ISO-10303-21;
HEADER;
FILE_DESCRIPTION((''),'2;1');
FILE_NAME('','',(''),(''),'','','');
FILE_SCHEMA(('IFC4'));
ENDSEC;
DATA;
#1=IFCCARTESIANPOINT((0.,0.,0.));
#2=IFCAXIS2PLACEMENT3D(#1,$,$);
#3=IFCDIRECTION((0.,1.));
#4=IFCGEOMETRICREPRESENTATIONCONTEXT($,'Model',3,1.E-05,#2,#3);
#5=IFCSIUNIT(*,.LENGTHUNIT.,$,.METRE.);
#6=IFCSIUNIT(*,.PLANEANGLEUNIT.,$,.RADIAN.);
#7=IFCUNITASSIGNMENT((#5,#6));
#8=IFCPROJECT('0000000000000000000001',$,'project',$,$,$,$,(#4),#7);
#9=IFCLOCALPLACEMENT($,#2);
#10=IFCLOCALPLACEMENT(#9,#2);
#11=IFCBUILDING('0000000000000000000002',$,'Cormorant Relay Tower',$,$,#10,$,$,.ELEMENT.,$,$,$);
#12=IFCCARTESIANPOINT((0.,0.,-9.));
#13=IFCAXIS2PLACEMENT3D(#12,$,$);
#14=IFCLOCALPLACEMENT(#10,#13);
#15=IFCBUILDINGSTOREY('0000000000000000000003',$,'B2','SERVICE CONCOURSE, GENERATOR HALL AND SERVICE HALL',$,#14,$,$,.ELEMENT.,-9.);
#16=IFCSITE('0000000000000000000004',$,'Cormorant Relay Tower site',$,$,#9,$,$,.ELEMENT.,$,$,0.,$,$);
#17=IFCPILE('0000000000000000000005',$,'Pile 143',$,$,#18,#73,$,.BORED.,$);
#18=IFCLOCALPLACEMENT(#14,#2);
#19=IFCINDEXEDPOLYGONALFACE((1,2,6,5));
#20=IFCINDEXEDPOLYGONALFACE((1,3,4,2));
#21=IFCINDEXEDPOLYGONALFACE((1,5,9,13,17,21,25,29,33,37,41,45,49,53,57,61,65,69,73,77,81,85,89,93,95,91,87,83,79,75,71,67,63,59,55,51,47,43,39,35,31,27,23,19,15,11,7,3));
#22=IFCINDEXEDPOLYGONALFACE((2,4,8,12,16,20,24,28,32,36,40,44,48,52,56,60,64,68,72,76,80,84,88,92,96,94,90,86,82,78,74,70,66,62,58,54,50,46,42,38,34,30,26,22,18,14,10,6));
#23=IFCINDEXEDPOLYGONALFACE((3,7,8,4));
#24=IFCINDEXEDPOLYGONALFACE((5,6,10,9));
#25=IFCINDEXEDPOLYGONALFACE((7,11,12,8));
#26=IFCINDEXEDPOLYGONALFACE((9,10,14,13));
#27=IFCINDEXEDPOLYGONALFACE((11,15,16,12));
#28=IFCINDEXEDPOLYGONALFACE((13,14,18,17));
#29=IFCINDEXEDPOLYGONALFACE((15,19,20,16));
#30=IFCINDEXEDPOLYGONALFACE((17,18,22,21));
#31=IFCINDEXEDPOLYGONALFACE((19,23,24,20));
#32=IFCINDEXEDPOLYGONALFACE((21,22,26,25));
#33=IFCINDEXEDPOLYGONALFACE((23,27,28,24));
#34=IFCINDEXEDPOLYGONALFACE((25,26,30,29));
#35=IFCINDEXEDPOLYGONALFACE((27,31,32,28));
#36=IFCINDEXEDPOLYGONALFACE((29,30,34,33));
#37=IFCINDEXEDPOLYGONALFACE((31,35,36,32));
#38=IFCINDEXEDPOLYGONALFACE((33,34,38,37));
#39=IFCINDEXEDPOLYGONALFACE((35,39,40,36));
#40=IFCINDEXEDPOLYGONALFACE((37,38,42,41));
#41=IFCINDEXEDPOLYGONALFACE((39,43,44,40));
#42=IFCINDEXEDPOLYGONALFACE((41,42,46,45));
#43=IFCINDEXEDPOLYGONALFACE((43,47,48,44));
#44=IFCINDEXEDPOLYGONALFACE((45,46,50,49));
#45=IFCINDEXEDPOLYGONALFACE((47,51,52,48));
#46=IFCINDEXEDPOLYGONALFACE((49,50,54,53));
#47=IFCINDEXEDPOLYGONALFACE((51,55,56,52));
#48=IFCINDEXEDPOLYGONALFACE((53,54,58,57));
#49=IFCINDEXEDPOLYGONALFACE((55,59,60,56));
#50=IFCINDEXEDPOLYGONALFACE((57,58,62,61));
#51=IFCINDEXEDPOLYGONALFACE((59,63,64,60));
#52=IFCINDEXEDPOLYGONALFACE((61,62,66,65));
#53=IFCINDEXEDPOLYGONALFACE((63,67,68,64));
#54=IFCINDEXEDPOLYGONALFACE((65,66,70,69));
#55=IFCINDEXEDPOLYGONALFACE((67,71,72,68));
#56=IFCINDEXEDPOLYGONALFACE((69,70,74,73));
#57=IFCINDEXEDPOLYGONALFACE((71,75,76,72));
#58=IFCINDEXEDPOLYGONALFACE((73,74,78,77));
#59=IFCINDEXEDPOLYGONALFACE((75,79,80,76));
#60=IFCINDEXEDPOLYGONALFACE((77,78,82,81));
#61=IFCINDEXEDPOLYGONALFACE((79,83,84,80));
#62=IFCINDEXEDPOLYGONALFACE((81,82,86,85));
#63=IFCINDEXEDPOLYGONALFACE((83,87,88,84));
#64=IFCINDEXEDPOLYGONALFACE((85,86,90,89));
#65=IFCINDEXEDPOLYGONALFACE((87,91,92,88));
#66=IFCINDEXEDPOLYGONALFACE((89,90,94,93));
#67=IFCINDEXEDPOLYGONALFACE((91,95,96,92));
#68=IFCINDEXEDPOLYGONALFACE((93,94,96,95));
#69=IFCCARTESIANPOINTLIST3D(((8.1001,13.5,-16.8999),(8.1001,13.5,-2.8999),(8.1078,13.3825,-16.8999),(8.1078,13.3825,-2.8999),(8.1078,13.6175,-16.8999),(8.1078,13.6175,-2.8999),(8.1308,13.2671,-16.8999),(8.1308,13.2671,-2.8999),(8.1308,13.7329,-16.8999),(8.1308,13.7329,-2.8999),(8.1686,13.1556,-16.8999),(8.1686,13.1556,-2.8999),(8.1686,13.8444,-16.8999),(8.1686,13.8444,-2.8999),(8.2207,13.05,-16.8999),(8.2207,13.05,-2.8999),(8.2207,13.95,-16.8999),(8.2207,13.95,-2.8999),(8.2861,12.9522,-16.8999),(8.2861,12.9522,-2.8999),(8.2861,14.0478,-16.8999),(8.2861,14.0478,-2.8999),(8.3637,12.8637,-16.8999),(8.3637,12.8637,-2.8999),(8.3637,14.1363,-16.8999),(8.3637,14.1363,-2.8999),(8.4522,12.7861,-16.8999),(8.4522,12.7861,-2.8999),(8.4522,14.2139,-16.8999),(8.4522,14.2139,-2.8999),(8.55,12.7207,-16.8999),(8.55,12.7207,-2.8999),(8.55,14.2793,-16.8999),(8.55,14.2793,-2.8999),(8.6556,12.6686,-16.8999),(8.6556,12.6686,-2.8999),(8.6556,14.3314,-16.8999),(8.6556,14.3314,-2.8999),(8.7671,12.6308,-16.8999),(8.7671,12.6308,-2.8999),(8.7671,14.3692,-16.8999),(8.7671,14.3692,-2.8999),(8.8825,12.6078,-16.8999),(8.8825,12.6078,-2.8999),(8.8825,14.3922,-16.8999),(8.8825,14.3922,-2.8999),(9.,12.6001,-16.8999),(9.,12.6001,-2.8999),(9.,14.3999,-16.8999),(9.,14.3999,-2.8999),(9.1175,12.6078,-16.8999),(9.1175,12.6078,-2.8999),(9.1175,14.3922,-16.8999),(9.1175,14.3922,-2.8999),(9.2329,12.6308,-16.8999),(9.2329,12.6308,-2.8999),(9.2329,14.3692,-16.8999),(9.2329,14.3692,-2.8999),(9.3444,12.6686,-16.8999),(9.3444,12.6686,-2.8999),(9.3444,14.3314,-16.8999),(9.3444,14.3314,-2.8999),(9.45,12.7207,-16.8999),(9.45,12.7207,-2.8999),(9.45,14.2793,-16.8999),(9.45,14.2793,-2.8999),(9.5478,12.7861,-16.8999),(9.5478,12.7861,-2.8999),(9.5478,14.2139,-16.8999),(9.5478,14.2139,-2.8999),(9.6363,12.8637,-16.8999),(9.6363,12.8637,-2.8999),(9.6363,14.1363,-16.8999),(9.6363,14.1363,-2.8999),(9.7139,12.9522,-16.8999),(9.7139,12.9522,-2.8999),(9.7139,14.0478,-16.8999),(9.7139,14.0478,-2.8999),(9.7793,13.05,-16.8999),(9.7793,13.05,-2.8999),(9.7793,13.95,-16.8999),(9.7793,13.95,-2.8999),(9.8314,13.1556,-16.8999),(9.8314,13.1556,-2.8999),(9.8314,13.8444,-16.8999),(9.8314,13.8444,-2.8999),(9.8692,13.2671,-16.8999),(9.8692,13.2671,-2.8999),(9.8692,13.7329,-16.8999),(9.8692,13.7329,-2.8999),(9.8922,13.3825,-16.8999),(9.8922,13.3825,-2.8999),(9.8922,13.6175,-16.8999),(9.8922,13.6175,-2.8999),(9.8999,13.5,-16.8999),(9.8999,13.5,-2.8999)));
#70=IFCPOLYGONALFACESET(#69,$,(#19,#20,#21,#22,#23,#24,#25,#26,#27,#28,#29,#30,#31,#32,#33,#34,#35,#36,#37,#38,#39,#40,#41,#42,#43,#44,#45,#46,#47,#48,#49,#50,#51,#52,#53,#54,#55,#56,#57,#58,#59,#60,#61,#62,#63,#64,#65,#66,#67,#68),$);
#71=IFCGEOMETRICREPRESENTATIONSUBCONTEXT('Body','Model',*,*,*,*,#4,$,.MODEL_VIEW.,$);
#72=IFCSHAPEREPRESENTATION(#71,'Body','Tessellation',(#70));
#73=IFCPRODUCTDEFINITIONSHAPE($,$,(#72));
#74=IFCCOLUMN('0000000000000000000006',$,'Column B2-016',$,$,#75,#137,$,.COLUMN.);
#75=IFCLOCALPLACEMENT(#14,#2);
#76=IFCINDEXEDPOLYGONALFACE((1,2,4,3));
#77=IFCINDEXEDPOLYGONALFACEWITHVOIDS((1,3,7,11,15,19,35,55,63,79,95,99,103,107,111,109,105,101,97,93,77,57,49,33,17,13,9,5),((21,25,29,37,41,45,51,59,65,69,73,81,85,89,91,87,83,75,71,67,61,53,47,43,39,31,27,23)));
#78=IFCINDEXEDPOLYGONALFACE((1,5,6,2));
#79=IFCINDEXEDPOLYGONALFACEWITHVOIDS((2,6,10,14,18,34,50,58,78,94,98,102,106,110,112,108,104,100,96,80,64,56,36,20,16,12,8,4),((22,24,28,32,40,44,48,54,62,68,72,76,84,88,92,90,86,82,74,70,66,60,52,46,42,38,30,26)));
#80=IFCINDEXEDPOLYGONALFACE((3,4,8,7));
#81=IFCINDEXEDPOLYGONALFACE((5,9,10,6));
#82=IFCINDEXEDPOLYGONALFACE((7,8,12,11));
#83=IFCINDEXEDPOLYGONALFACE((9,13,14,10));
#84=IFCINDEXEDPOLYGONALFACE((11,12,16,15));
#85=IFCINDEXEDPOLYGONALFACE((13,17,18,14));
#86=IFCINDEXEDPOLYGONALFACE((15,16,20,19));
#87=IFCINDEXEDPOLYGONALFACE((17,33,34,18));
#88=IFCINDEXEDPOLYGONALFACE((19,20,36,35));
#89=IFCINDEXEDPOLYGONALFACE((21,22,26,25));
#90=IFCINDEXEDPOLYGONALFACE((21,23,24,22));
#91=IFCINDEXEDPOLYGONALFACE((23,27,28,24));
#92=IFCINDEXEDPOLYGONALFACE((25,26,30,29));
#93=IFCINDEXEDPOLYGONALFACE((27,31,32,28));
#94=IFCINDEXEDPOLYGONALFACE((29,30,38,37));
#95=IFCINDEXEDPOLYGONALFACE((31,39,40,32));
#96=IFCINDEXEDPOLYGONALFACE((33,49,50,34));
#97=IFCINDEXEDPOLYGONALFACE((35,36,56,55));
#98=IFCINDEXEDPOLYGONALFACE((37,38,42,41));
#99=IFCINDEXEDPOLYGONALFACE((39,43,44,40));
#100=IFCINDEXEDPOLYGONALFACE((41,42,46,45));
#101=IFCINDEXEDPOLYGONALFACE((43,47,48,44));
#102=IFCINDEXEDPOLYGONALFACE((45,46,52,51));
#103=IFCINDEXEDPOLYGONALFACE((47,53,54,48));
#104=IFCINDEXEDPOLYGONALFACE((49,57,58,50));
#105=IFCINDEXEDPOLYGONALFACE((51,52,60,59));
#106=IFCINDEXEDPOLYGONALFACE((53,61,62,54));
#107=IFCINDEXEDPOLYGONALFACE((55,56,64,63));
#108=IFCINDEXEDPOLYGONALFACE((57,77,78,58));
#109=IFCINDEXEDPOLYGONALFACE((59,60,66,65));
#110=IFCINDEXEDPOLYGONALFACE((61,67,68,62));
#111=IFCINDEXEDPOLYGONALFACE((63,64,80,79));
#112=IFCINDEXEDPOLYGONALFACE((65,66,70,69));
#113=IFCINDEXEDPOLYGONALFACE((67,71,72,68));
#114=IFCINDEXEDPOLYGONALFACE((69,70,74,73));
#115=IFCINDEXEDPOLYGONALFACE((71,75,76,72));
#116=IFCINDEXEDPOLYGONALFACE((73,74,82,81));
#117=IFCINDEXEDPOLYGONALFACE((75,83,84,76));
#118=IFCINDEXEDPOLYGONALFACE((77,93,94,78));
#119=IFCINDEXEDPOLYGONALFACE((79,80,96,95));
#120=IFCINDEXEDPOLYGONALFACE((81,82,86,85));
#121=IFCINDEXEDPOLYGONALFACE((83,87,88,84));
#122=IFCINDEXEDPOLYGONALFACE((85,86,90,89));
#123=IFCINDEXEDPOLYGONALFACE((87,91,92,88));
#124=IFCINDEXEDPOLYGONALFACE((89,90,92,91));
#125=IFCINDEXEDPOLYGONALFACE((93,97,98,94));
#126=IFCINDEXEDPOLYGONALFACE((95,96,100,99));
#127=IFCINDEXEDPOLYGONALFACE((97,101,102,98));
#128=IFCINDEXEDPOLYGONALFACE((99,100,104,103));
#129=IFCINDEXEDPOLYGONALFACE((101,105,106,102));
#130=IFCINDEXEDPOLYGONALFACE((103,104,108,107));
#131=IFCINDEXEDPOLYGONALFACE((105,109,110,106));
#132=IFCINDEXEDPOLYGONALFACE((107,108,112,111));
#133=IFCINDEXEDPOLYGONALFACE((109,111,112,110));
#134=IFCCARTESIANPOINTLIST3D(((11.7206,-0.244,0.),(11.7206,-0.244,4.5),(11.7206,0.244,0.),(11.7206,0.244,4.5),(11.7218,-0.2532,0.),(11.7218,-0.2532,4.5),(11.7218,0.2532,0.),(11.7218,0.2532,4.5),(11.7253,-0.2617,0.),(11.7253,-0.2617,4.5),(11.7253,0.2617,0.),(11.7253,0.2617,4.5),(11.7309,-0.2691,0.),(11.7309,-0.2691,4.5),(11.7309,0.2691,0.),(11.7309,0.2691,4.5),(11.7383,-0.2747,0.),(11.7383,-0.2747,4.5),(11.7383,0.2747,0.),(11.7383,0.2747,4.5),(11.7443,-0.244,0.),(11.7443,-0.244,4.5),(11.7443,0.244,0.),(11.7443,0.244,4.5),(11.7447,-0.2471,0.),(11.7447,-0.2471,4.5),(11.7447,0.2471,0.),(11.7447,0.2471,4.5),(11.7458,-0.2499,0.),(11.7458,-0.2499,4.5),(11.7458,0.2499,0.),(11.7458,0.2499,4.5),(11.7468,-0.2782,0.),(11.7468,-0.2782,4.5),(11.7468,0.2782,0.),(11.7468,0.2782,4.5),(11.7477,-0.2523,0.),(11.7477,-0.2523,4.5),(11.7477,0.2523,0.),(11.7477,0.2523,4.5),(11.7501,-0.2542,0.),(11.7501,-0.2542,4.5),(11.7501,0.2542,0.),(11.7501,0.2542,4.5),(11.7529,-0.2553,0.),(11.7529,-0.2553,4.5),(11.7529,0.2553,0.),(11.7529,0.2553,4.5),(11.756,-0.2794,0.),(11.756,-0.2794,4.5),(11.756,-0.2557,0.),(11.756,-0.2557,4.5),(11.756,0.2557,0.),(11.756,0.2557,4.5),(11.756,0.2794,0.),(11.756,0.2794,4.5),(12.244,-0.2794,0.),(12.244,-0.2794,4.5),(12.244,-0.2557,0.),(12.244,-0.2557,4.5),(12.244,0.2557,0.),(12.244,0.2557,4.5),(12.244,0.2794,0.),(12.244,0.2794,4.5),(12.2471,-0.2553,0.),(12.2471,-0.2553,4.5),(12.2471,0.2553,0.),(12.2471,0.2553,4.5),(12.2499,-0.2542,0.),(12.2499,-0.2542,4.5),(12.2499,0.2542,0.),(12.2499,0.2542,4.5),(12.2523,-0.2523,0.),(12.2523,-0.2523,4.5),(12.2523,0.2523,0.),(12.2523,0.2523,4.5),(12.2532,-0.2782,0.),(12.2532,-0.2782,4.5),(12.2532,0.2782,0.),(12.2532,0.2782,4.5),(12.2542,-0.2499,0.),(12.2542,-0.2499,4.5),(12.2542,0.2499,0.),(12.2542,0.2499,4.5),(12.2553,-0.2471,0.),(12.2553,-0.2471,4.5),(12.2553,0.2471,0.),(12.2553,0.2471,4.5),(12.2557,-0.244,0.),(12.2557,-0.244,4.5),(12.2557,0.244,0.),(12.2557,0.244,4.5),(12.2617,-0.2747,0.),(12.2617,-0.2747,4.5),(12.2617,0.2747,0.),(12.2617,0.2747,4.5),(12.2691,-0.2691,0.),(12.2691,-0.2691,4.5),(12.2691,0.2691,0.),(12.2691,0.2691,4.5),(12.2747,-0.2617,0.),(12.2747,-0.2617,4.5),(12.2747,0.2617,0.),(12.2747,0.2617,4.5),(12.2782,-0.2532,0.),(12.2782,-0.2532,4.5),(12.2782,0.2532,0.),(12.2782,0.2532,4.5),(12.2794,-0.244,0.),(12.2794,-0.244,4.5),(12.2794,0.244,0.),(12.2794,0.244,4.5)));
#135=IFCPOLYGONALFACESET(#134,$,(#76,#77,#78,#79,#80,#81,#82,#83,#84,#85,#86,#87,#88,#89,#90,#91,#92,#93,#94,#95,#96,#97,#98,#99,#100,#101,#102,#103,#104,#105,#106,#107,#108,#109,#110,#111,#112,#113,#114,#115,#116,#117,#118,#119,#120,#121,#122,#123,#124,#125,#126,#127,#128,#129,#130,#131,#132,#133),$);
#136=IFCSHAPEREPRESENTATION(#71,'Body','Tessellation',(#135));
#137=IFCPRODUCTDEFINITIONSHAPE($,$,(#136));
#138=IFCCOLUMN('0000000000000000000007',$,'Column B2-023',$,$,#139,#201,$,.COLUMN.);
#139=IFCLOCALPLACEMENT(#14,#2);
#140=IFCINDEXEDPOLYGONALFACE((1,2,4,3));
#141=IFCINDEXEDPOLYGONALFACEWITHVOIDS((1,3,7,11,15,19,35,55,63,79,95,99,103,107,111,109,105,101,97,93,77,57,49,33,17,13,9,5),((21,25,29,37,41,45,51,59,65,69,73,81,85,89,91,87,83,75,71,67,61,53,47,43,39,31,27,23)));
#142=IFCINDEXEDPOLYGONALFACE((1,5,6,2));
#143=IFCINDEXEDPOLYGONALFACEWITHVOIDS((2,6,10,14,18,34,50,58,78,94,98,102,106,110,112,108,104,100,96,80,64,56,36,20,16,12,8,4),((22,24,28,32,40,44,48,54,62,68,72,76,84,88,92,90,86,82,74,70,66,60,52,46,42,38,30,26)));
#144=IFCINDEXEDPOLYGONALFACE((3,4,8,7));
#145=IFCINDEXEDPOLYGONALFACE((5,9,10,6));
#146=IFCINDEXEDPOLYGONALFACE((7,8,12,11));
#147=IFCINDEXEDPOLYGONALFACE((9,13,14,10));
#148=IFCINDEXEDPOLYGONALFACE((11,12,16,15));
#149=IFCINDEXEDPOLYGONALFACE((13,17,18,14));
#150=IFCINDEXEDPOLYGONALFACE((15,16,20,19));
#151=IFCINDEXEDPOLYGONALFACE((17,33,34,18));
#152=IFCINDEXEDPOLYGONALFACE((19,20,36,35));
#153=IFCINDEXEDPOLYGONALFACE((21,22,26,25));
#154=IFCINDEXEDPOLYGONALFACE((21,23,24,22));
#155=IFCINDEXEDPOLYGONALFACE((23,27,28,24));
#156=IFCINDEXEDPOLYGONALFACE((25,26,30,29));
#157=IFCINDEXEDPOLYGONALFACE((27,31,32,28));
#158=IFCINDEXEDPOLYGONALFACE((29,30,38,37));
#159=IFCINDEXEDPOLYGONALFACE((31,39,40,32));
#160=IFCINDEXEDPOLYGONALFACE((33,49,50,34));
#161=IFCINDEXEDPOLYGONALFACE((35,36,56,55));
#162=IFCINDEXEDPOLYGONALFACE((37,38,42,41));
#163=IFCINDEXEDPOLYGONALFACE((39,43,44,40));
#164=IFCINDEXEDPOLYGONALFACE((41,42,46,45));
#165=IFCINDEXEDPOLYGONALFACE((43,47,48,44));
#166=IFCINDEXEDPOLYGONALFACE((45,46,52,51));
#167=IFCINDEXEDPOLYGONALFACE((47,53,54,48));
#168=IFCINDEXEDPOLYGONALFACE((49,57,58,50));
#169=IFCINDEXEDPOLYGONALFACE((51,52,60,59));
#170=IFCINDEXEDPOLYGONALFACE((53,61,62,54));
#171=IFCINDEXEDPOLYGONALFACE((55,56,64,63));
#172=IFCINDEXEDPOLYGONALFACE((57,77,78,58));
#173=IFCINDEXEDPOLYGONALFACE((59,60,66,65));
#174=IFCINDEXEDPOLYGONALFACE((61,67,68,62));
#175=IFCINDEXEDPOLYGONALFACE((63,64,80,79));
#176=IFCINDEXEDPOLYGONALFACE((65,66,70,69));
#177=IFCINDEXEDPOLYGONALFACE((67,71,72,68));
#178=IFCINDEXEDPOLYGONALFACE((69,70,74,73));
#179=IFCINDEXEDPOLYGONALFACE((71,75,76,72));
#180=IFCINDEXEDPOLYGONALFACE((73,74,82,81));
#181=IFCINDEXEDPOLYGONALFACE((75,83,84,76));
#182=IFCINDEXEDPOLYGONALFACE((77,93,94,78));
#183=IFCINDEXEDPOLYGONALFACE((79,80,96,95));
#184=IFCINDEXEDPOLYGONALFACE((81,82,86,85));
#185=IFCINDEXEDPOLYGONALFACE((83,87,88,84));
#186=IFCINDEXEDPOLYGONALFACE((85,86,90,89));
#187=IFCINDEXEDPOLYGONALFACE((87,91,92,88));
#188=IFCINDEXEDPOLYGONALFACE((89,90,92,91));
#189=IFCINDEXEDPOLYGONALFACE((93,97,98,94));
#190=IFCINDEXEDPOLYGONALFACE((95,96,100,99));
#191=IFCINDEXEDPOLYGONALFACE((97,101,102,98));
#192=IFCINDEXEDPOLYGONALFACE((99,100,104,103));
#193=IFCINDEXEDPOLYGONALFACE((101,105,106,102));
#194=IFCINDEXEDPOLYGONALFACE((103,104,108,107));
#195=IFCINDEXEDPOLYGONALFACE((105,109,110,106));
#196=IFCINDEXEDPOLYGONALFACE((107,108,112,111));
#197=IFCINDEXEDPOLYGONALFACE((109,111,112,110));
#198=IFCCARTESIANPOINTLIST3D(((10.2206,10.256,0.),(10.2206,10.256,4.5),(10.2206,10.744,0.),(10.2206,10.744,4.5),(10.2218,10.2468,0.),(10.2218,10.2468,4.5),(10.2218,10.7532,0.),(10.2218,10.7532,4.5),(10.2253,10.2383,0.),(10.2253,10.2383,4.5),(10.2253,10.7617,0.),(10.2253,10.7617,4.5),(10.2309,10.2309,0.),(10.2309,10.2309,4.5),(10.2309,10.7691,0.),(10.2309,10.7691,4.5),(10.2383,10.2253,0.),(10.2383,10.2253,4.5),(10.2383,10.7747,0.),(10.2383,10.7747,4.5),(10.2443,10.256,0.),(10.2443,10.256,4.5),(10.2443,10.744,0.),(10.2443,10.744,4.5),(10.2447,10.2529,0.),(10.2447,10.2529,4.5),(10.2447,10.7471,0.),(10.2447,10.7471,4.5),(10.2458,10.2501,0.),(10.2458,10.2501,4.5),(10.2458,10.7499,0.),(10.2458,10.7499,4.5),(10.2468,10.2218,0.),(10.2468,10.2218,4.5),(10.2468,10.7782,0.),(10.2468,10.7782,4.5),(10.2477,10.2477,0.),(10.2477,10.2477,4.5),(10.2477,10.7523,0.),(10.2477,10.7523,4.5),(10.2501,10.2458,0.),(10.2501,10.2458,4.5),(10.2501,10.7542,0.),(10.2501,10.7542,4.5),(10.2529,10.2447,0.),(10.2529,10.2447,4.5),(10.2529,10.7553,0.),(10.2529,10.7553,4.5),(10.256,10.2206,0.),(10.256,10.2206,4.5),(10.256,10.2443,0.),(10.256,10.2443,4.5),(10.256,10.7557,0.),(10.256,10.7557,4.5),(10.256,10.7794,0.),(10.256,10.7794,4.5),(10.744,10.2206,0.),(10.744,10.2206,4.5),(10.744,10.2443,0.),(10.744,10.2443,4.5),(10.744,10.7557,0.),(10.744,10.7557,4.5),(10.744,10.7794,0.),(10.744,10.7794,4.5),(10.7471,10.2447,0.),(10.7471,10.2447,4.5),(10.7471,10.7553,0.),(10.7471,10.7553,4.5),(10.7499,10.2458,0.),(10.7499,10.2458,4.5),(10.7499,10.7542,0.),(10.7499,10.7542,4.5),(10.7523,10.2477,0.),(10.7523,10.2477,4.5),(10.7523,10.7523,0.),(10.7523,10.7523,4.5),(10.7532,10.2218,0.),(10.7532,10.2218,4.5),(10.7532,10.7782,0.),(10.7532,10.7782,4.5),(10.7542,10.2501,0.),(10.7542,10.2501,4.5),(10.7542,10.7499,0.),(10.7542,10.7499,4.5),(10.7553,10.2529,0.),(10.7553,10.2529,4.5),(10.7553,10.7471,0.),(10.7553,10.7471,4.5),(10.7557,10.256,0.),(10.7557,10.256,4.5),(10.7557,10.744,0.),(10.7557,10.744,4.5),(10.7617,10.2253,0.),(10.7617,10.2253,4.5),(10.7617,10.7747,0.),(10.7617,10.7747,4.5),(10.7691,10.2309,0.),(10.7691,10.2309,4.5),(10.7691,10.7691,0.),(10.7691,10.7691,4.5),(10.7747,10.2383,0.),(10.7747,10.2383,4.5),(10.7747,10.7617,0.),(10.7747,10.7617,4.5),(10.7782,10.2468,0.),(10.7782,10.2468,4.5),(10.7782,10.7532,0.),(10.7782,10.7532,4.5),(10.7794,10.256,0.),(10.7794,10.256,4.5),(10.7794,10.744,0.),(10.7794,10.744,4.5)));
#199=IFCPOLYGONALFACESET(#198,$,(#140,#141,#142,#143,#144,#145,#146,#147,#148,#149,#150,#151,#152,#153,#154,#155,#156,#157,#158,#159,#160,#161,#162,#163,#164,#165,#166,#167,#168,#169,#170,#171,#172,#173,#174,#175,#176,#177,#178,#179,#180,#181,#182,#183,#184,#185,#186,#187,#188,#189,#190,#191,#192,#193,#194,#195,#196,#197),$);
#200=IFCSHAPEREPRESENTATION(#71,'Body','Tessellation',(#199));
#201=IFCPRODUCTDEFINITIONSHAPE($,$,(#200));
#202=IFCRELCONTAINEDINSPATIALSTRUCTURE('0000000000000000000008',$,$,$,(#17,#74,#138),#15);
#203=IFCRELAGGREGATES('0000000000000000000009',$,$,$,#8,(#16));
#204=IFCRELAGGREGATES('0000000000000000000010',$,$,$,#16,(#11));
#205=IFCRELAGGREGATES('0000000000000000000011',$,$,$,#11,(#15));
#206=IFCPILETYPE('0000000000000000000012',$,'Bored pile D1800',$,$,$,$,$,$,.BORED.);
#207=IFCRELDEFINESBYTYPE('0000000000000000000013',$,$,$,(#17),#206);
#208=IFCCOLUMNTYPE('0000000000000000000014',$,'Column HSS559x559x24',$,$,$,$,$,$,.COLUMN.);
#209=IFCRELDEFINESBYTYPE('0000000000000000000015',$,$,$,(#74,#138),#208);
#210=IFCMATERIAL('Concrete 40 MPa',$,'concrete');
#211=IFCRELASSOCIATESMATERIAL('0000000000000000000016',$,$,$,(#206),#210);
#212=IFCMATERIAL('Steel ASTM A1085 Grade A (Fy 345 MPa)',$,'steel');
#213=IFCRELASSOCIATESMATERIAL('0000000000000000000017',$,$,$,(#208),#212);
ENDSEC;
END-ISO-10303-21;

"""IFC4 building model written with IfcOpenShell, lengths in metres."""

from ifc_helpers import new_model, si_unit, direction, frame, origin, origin_2d, place, context, subcontext, project, spatial, hollow_rectangle, circle, extrude, material, material_profile, profile_set, type_object, element, save


model = new_model("IFC4")

# Units and contexts
model_context = context("Model", 3, precision=1e-05, world=origin(), true_north=direction((0.0, 1.0)))
body_context = subcontext(model_context, "Body", "Model", "MODEL_VIEW")
ifc_project = project(units=[si_unit("LENGTHUNIT", "METRE"), si_unit("PLANEANGLEUNIT", "RADIAN")], contexts=[model_context])

# Site, building, storey
site_placement = place(None, origin())
site = spatial("IfcSite", under=ifc_project, at=site_placement, Name="Cormorant Relay Tower site", CompositionType="ELEMENT", RefElevation=0.0)
building_placement = place(site_placement, origin())
building = spatial("IfcBuilding", under=site, at=building_placement, Name="Cormorant Relay Tower", CompositionType="ELEMENT")
storey_placement = place(building_placement, frame((0.0, 0.0, -9.0)))
storey = spatial("IfcBuildingStorey", under=building, at=storey_placement, Name="B2", Description="SERVICE CONCOURSE, GENERATOR HALL AND SERVICE HALL", CompositionType="ELEMENT", Elevation=-9.0)

# Pile
ifc_material_1 = material(Name="Concrete 40 MPa", Category="concrete")
ifc_material_profile_1 = material_profile(ifc_material_1, circle(Radius=0.8999, at=origin_2d()), Name="BP1800")
ifc_profile_set_1 = profile_set([ifc_material_profile_1], Name="Concrete 40 MPa")
pile_type = type_object("IfcPileType", Name="Bored pile D1800", PredefinedType="BORED", material=ifc_profile_set_1)
for number, where, z_axis, x_axis, name in (
    (1, (9.0, 13.5, -2.8999), (0.0, 0.0, -1.0), (1.0, 0.0, 0.0), "Pile 143"),
):
    element("IfcPile", number, at=place(storey_placement, frame(where, z_axis=z_axis, x_axis=x_axis)), inside=storey, type_object=pile_type, Name=name, PredefinedType="BORED", context=body_context, shape_type="SweptSolid", body=[
        extrude(circle(Radius=0.8999, at=origin_2d()), origin(), (0.0, 0.0, 1.0), 14.0),
    ])

# Columns
ifc_material_2 = material(Name="Steel ASTM A1085 Grade A (Fy 345 MPa)", Category="steel")
ifc_material_profile_2 = material_profile(ifc_material_2, hollow_rectangle(XDim=0.5588, YDim=0.5588, WallThickness=0.0237, InnerFilletRadius=0.0117, OuterFilletRadius=0.0354, at=origin_2d()), Name="HSS559x559x24")
ifc_profile_set_2 = profile_set([ifc_material_profile_2], Name="Steel ASTM A1085 Grade A (Fy 345 MPa)")
column_type = type_object("IfcColumnType", Name="Column HSS559x559x24", PredefinedType="COLUMN", material=ifc_profile_set_2)
for number, where, z_axis, x_axis, name in (
    (2, (12.0, 0.0, 0.0), (0.0, 0.0, 1.0), (1.0, 0.0, 0.0), "Column B2-016"),
    (3, (10.5, 10.5, 0.0), (0.0, 0.0, 1.0), (1.0, 0.0, 0.0), "Column B2-023"),
):
    element("IfcColumn", number, at=place(storey_placement, frame(where, z_axis=z_axis, x_axis=x_axis)), inside=storey, type_object=column_type, Name=name, PredefinedType="COLUMN", context=body_context, shape_type="SweptSolid", body=[
        extrude(hollow_rectangle(XDim=0.5588, YDim=0.5588, WallThickness=0.0237, InnerFilletRadius=0.0117, OuterFilletRadius=0.0354, at=origin_2d()), origin(), (0.0, 0.0, 1.0), 4.5),
    ])

save(model, "model.ifc")
